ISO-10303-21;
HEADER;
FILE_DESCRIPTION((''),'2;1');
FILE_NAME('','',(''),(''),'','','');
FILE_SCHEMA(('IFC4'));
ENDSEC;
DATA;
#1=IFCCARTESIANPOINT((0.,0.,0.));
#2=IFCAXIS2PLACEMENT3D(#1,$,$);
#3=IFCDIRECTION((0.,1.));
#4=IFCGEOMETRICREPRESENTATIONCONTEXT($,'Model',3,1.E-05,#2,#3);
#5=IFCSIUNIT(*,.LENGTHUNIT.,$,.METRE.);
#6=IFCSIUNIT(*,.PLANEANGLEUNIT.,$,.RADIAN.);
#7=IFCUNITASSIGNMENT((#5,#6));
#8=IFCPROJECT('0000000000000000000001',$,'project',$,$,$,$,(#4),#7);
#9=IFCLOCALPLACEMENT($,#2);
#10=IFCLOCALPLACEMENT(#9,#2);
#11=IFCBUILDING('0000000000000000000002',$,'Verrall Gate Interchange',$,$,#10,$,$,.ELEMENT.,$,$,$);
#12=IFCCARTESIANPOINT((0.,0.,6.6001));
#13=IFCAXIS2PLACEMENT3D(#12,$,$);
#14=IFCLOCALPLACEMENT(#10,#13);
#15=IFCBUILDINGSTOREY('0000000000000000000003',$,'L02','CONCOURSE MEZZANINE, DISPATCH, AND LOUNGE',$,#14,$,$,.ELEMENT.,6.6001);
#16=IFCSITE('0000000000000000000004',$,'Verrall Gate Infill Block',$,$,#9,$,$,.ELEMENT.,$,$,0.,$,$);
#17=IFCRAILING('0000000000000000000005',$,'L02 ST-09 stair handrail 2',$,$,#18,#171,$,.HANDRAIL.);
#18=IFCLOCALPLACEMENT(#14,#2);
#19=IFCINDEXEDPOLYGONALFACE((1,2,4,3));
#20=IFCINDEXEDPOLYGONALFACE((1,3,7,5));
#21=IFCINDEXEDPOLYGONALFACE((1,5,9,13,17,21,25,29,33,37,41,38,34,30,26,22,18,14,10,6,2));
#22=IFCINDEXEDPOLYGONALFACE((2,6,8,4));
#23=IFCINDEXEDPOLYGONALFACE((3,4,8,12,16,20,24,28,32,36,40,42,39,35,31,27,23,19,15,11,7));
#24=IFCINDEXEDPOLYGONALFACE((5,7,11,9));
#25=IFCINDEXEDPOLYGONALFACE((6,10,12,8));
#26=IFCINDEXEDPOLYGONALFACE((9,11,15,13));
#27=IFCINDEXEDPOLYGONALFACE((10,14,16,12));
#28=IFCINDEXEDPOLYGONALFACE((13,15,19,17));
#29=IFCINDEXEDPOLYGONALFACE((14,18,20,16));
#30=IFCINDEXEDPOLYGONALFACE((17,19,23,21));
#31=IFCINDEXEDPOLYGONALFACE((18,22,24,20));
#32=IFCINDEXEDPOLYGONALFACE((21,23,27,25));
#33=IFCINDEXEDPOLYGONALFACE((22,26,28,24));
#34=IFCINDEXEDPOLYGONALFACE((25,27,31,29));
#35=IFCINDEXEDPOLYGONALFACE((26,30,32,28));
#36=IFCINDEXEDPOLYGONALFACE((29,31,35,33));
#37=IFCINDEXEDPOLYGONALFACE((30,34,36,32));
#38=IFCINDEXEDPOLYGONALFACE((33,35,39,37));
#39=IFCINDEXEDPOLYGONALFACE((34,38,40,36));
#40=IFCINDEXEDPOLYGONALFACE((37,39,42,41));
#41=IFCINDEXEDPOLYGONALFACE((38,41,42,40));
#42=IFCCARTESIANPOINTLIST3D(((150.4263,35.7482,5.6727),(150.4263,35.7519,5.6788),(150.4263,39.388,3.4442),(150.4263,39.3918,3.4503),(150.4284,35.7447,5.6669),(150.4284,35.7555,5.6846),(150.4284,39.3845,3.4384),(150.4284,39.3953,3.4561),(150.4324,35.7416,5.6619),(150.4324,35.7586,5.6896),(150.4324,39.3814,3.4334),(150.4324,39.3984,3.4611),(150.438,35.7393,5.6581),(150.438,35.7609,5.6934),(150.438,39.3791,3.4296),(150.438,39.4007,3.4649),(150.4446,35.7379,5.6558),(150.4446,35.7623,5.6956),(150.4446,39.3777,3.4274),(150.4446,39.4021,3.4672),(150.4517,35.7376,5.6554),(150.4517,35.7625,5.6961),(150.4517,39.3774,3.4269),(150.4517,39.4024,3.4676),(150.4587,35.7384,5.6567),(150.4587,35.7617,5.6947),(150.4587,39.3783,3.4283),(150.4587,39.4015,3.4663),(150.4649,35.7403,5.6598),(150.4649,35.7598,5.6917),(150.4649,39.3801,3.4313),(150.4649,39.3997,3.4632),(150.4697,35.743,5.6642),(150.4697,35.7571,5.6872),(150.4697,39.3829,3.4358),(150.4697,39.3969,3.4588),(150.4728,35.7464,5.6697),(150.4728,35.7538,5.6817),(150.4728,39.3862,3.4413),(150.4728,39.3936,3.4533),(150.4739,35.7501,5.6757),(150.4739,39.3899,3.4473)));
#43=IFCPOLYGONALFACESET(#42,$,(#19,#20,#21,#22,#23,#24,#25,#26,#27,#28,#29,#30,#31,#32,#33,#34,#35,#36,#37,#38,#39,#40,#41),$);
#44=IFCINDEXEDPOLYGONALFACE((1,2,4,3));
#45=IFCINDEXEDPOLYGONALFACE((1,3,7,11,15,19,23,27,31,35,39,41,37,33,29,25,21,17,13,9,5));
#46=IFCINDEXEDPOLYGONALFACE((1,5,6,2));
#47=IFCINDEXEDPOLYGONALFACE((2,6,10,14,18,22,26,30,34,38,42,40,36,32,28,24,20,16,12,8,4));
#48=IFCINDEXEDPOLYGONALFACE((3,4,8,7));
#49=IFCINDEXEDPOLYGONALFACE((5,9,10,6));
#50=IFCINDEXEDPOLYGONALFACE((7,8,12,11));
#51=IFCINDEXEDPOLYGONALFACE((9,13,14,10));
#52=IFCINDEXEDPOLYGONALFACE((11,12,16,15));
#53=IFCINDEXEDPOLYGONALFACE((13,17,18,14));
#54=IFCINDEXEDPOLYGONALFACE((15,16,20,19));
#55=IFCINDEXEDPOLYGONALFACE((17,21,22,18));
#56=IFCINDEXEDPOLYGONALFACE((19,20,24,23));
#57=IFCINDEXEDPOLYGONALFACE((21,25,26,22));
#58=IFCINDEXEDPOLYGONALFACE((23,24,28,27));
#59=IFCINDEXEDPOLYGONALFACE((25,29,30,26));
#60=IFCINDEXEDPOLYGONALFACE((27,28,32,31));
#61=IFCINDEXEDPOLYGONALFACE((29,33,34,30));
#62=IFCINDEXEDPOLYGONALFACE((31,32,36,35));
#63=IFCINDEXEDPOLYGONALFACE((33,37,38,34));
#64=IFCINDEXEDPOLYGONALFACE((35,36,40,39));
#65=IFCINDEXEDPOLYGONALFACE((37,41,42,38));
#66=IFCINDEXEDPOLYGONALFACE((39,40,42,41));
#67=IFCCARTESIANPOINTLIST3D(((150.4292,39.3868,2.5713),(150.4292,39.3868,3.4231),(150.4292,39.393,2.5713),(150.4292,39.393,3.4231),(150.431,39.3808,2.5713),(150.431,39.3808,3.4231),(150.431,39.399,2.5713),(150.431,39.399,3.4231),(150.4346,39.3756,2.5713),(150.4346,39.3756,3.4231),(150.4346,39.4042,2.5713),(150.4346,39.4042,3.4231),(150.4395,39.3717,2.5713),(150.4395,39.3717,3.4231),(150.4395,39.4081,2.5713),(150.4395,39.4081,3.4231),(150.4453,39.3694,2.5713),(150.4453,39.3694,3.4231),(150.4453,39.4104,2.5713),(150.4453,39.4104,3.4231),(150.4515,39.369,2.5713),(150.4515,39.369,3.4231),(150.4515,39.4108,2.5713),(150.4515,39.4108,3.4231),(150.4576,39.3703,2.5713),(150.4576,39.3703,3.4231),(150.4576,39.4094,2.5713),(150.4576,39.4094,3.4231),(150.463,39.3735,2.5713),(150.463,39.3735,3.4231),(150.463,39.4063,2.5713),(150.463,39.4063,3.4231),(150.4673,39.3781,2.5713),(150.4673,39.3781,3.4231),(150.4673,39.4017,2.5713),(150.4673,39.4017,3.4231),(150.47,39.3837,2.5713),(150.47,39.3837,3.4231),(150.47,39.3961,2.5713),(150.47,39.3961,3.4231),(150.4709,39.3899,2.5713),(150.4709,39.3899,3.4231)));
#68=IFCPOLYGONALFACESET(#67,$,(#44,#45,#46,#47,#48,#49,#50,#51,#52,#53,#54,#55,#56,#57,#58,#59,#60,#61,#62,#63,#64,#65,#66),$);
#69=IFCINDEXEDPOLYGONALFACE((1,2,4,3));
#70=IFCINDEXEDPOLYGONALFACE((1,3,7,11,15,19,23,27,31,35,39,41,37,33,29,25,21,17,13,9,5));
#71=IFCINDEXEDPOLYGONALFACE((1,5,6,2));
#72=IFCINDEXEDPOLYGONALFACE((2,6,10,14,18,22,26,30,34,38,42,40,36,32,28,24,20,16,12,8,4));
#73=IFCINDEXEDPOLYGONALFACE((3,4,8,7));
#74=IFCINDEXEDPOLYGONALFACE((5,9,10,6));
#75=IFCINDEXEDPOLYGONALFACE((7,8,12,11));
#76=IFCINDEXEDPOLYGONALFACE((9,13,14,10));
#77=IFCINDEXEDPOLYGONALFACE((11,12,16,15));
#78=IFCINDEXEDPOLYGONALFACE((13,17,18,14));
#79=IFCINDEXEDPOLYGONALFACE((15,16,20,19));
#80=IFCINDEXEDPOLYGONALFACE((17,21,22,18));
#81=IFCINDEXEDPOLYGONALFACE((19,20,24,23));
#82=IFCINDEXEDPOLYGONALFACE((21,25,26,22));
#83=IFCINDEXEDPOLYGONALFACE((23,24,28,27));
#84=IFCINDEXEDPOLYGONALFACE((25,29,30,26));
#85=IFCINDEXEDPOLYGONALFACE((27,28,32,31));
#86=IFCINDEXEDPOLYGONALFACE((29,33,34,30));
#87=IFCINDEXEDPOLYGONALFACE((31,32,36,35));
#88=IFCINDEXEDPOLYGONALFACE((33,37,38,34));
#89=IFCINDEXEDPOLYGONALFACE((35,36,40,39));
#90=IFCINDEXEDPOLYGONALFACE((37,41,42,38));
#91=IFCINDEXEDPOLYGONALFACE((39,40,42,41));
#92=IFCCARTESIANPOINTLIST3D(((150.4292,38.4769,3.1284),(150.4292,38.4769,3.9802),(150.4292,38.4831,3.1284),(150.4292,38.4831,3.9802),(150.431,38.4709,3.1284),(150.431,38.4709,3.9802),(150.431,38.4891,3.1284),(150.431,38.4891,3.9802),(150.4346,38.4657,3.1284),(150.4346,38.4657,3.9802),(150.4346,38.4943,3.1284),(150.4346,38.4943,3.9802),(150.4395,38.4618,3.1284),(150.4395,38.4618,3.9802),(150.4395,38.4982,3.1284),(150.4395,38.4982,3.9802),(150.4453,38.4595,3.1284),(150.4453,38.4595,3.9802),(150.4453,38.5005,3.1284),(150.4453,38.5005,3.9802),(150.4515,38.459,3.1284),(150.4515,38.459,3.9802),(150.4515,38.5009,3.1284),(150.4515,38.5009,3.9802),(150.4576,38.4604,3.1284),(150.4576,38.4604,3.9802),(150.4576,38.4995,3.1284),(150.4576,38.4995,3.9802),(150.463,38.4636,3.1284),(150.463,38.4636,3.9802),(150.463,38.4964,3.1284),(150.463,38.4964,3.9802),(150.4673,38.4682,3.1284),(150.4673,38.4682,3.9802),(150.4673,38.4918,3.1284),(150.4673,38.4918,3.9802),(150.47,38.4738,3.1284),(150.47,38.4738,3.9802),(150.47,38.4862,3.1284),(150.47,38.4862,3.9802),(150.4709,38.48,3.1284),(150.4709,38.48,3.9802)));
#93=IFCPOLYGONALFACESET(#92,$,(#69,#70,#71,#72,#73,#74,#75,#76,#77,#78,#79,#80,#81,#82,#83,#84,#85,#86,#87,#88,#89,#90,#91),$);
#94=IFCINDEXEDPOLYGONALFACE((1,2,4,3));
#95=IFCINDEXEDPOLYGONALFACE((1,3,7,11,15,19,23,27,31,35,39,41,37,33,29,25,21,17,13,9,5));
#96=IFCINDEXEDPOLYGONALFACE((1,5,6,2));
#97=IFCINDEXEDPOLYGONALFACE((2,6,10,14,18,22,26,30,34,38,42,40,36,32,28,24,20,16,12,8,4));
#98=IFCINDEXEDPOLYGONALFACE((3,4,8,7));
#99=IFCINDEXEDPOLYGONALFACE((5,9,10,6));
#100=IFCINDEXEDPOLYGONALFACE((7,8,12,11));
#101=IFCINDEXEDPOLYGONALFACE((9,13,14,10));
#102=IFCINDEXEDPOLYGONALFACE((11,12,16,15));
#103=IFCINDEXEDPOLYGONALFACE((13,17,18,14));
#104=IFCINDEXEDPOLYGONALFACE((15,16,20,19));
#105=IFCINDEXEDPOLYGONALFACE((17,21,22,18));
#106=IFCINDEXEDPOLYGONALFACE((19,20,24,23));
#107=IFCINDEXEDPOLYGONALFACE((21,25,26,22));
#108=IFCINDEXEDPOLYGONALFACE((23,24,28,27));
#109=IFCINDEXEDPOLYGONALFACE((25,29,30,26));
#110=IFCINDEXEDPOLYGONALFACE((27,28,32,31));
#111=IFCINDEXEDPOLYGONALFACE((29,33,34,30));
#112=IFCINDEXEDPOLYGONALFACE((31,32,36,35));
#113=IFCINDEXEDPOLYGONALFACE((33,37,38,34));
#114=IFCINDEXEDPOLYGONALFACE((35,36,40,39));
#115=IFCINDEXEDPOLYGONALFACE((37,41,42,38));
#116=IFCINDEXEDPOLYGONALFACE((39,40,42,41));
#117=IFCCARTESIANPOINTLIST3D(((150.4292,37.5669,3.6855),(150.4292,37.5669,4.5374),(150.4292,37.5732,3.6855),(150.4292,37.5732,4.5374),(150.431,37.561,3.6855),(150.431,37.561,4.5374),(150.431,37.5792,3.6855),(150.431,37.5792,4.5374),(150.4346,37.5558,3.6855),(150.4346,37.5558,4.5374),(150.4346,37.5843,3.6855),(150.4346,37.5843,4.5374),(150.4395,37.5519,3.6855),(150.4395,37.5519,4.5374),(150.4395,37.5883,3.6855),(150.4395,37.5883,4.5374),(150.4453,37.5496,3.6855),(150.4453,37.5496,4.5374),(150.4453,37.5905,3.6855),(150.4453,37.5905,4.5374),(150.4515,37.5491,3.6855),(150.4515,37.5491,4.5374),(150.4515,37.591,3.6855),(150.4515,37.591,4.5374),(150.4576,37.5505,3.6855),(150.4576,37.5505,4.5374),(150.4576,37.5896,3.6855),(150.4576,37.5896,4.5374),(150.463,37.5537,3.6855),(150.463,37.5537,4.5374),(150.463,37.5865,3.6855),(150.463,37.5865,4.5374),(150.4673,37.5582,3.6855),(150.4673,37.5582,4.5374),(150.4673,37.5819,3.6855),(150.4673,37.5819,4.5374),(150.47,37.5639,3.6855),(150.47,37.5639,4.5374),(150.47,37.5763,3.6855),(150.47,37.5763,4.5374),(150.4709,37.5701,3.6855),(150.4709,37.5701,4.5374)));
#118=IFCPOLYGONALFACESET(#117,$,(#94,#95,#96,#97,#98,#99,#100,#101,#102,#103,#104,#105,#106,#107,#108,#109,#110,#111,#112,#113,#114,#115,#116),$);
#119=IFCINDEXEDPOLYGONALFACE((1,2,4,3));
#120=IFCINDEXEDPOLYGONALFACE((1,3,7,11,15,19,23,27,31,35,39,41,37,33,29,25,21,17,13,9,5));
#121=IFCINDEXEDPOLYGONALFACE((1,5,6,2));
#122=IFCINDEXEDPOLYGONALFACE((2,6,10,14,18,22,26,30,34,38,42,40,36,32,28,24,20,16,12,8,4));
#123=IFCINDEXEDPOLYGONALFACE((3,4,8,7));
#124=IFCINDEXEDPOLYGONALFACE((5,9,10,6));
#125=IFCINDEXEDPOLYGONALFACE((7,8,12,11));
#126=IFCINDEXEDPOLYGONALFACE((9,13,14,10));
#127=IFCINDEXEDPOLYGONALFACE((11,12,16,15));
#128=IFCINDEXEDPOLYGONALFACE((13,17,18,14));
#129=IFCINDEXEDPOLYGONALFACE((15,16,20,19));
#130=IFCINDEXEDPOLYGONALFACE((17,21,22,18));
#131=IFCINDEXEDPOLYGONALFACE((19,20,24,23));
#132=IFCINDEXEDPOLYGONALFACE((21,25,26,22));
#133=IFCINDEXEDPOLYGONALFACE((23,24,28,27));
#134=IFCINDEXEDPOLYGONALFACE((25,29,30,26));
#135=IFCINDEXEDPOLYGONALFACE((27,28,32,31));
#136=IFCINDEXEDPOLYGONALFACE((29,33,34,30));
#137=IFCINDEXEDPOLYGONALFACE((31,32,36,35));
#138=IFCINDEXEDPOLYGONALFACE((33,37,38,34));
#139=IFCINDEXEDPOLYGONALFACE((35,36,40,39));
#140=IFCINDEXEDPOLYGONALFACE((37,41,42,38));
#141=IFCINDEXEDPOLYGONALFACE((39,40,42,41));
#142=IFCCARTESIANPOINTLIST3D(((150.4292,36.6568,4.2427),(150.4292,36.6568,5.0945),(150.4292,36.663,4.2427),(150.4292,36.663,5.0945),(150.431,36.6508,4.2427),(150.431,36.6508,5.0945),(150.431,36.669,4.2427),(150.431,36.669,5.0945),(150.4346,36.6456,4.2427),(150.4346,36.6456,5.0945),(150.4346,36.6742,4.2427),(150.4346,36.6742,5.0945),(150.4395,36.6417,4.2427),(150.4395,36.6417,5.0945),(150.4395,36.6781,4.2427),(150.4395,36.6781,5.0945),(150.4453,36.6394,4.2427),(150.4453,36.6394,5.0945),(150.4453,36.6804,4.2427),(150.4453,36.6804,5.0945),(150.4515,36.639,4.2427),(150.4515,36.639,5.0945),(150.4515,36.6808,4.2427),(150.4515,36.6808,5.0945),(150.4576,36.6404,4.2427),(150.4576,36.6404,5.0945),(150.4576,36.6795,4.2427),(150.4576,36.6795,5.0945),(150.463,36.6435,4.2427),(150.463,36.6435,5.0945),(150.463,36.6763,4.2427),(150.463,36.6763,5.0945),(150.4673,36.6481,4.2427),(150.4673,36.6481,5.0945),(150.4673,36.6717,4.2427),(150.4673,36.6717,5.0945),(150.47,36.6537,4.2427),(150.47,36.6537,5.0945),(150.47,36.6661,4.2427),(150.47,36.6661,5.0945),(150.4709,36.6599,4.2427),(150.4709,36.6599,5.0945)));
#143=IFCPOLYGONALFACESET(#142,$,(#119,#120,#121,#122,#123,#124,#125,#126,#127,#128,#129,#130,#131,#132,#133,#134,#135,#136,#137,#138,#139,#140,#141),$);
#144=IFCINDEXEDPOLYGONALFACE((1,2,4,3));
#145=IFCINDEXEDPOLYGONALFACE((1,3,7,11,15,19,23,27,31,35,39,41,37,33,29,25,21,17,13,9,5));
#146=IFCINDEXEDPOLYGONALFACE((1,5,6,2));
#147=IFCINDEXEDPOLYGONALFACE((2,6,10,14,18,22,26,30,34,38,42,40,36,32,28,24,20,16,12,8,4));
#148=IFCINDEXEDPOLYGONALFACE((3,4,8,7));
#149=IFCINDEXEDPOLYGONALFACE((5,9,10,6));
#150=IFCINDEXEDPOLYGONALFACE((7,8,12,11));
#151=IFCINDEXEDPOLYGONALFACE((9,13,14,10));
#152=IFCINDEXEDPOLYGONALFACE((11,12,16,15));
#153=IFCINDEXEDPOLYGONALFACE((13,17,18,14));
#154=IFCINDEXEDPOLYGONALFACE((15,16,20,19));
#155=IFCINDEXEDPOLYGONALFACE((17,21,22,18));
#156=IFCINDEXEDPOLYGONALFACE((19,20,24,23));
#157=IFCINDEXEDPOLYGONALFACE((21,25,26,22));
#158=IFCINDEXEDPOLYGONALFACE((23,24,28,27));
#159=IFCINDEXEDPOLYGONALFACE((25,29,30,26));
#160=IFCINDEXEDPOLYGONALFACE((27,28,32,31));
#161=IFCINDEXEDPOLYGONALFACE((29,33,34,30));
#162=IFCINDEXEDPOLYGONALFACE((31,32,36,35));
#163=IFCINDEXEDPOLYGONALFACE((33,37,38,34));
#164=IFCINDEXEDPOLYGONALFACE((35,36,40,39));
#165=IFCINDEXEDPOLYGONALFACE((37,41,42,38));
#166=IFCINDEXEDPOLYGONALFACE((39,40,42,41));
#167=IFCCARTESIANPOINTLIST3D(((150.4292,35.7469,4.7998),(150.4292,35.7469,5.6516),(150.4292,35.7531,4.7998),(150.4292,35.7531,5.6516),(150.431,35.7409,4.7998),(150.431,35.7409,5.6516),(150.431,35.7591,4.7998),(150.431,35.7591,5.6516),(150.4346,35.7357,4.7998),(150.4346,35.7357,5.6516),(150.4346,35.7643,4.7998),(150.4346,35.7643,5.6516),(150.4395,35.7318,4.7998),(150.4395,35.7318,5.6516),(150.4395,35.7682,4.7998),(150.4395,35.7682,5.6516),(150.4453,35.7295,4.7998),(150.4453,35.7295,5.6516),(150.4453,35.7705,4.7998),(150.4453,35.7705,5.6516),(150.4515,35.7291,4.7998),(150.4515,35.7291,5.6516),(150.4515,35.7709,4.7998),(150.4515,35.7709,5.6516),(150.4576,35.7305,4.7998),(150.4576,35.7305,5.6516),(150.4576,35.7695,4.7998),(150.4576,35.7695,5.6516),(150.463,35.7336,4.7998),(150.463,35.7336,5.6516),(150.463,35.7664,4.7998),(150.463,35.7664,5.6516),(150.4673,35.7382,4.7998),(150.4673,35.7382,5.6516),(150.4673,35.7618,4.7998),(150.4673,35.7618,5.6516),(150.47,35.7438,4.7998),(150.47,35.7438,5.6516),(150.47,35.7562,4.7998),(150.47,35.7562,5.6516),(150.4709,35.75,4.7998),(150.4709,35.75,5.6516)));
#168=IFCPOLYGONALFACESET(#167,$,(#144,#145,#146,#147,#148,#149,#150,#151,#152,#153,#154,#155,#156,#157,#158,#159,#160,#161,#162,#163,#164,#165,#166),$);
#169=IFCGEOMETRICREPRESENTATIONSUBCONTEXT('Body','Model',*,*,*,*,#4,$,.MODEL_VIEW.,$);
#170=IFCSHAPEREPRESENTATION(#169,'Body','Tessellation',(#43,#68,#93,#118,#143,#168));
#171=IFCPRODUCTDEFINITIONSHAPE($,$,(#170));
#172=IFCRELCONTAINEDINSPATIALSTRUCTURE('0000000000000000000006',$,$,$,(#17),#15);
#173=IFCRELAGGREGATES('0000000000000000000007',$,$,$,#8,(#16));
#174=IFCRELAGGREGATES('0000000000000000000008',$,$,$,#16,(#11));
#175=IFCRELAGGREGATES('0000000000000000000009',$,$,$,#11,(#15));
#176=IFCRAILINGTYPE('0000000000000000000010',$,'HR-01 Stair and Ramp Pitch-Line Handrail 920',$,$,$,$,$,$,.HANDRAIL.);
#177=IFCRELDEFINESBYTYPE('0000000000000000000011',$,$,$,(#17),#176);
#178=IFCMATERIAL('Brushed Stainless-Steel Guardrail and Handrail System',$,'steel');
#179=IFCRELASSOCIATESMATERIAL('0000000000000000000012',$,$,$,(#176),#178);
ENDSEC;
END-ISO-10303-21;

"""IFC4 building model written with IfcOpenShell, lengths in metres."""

from ifc_helpers import new_model, si_unit, direction, frame, origin, origin_2d, place, context, subcontext, project, spatial, circle, extrude, material, type_object, element, save


model = new_model("IFC4")

# Units and contexts
model_context = context("Model", 3, precision=1e-05, world=origin(), true_north=direction((0.0, 1.0)))
body_context = subcontext(model_context, "Body", "Model", "MODEL_VIEW")
ifc_project = project(units=[si_unit("LENGTHUNIT", "METRE"), si_unit("PLANEANGLEUNIT", "RADIAN")], contexts=[model_context])

# Site, building, storey
site_placement = place(None, origin())
site = spatial("IfcSite", under=ifc_project, at=site_placement, Name="Verrall Gate Infill Block", CompositionType="ELEMENT", RefElevation=0.0)
building_placement = place(site_placement, origin())
building = spatial("IfcBuilding", under=site, at=building_placement, Name="Verrall Gate Interchange", CompositionType="ELEMENT")
storey_placement = place(building_placement, frame((0.0, 0.0, 6.6001)))
storey = spatial("IfcBuildingStorey", under=building, at=storey_placement, Name="L02", Description="CONCOURSE MEZZANINE, DISPATCH, AND LOUNGE", CompositionType="ELEMENT", Elevation=6.6001)

# Railing
ifc_material_1 = material(Name="Brushed Stainless-Steel Guardrail and Handrail System", Category="steel")
railing_type_1 = type_object("IfcRailingType", Name="HR-01 Stair and Ramp Pitch-Line Handrail 920", PredefinedType="HANDRAIL", material=ifc_material_1)
railing_1_placement = place(storey_placement, frame((150.45, 39.3899, 2.5713)))
element("IfcRailing", 1, at=railing_1_placement, inside=storey, type_object=railing_type_1, Name="L02 ST-09 stair handrail 2", PredefinedType="HANDRAIL", context=body_context, shape_type="SweptSolid", body=[
    extrude(circle(Radius=0.0239, at=origin_2d()), frame((0.0, 0.0, 0.876), z_axis=(0.0, -0.85285, 0.522156), x_axis=(1.0, 0.0, 0.0)), (0.0, 0.0, 1.0), 4.2678),
    extrude(circle(Radius=0.021, at=origin_2d()), origin(), (0.0, 0.0, 1.0), 0.8518),
    extrude(circle(Radius=0.021, at=origin_2d()), frame((0.0, -0.9099, 0.5571)), (0.0, 0.0, 1.0), 0.8518),
    extrude(circle(Radius=0.021, at=origin_2d()), frame((0.0, -1.8198, 1.1143)), (0.0, 0.0, 1.0), 0.8518),
    extrude(circle(Radius=0.021, at=origin_2d()), frame((0.0, -2.73, 1.6714)), (0.0, 0.0, 1.0), 0.8518),
    extrude(circle(Radius=0.021, at=origin_2d()), frame((0.0, -3.6399, 2.2285)), (0.0, 0.0, 1.0), 0.8518),
])

save(model, "model.ifc")
